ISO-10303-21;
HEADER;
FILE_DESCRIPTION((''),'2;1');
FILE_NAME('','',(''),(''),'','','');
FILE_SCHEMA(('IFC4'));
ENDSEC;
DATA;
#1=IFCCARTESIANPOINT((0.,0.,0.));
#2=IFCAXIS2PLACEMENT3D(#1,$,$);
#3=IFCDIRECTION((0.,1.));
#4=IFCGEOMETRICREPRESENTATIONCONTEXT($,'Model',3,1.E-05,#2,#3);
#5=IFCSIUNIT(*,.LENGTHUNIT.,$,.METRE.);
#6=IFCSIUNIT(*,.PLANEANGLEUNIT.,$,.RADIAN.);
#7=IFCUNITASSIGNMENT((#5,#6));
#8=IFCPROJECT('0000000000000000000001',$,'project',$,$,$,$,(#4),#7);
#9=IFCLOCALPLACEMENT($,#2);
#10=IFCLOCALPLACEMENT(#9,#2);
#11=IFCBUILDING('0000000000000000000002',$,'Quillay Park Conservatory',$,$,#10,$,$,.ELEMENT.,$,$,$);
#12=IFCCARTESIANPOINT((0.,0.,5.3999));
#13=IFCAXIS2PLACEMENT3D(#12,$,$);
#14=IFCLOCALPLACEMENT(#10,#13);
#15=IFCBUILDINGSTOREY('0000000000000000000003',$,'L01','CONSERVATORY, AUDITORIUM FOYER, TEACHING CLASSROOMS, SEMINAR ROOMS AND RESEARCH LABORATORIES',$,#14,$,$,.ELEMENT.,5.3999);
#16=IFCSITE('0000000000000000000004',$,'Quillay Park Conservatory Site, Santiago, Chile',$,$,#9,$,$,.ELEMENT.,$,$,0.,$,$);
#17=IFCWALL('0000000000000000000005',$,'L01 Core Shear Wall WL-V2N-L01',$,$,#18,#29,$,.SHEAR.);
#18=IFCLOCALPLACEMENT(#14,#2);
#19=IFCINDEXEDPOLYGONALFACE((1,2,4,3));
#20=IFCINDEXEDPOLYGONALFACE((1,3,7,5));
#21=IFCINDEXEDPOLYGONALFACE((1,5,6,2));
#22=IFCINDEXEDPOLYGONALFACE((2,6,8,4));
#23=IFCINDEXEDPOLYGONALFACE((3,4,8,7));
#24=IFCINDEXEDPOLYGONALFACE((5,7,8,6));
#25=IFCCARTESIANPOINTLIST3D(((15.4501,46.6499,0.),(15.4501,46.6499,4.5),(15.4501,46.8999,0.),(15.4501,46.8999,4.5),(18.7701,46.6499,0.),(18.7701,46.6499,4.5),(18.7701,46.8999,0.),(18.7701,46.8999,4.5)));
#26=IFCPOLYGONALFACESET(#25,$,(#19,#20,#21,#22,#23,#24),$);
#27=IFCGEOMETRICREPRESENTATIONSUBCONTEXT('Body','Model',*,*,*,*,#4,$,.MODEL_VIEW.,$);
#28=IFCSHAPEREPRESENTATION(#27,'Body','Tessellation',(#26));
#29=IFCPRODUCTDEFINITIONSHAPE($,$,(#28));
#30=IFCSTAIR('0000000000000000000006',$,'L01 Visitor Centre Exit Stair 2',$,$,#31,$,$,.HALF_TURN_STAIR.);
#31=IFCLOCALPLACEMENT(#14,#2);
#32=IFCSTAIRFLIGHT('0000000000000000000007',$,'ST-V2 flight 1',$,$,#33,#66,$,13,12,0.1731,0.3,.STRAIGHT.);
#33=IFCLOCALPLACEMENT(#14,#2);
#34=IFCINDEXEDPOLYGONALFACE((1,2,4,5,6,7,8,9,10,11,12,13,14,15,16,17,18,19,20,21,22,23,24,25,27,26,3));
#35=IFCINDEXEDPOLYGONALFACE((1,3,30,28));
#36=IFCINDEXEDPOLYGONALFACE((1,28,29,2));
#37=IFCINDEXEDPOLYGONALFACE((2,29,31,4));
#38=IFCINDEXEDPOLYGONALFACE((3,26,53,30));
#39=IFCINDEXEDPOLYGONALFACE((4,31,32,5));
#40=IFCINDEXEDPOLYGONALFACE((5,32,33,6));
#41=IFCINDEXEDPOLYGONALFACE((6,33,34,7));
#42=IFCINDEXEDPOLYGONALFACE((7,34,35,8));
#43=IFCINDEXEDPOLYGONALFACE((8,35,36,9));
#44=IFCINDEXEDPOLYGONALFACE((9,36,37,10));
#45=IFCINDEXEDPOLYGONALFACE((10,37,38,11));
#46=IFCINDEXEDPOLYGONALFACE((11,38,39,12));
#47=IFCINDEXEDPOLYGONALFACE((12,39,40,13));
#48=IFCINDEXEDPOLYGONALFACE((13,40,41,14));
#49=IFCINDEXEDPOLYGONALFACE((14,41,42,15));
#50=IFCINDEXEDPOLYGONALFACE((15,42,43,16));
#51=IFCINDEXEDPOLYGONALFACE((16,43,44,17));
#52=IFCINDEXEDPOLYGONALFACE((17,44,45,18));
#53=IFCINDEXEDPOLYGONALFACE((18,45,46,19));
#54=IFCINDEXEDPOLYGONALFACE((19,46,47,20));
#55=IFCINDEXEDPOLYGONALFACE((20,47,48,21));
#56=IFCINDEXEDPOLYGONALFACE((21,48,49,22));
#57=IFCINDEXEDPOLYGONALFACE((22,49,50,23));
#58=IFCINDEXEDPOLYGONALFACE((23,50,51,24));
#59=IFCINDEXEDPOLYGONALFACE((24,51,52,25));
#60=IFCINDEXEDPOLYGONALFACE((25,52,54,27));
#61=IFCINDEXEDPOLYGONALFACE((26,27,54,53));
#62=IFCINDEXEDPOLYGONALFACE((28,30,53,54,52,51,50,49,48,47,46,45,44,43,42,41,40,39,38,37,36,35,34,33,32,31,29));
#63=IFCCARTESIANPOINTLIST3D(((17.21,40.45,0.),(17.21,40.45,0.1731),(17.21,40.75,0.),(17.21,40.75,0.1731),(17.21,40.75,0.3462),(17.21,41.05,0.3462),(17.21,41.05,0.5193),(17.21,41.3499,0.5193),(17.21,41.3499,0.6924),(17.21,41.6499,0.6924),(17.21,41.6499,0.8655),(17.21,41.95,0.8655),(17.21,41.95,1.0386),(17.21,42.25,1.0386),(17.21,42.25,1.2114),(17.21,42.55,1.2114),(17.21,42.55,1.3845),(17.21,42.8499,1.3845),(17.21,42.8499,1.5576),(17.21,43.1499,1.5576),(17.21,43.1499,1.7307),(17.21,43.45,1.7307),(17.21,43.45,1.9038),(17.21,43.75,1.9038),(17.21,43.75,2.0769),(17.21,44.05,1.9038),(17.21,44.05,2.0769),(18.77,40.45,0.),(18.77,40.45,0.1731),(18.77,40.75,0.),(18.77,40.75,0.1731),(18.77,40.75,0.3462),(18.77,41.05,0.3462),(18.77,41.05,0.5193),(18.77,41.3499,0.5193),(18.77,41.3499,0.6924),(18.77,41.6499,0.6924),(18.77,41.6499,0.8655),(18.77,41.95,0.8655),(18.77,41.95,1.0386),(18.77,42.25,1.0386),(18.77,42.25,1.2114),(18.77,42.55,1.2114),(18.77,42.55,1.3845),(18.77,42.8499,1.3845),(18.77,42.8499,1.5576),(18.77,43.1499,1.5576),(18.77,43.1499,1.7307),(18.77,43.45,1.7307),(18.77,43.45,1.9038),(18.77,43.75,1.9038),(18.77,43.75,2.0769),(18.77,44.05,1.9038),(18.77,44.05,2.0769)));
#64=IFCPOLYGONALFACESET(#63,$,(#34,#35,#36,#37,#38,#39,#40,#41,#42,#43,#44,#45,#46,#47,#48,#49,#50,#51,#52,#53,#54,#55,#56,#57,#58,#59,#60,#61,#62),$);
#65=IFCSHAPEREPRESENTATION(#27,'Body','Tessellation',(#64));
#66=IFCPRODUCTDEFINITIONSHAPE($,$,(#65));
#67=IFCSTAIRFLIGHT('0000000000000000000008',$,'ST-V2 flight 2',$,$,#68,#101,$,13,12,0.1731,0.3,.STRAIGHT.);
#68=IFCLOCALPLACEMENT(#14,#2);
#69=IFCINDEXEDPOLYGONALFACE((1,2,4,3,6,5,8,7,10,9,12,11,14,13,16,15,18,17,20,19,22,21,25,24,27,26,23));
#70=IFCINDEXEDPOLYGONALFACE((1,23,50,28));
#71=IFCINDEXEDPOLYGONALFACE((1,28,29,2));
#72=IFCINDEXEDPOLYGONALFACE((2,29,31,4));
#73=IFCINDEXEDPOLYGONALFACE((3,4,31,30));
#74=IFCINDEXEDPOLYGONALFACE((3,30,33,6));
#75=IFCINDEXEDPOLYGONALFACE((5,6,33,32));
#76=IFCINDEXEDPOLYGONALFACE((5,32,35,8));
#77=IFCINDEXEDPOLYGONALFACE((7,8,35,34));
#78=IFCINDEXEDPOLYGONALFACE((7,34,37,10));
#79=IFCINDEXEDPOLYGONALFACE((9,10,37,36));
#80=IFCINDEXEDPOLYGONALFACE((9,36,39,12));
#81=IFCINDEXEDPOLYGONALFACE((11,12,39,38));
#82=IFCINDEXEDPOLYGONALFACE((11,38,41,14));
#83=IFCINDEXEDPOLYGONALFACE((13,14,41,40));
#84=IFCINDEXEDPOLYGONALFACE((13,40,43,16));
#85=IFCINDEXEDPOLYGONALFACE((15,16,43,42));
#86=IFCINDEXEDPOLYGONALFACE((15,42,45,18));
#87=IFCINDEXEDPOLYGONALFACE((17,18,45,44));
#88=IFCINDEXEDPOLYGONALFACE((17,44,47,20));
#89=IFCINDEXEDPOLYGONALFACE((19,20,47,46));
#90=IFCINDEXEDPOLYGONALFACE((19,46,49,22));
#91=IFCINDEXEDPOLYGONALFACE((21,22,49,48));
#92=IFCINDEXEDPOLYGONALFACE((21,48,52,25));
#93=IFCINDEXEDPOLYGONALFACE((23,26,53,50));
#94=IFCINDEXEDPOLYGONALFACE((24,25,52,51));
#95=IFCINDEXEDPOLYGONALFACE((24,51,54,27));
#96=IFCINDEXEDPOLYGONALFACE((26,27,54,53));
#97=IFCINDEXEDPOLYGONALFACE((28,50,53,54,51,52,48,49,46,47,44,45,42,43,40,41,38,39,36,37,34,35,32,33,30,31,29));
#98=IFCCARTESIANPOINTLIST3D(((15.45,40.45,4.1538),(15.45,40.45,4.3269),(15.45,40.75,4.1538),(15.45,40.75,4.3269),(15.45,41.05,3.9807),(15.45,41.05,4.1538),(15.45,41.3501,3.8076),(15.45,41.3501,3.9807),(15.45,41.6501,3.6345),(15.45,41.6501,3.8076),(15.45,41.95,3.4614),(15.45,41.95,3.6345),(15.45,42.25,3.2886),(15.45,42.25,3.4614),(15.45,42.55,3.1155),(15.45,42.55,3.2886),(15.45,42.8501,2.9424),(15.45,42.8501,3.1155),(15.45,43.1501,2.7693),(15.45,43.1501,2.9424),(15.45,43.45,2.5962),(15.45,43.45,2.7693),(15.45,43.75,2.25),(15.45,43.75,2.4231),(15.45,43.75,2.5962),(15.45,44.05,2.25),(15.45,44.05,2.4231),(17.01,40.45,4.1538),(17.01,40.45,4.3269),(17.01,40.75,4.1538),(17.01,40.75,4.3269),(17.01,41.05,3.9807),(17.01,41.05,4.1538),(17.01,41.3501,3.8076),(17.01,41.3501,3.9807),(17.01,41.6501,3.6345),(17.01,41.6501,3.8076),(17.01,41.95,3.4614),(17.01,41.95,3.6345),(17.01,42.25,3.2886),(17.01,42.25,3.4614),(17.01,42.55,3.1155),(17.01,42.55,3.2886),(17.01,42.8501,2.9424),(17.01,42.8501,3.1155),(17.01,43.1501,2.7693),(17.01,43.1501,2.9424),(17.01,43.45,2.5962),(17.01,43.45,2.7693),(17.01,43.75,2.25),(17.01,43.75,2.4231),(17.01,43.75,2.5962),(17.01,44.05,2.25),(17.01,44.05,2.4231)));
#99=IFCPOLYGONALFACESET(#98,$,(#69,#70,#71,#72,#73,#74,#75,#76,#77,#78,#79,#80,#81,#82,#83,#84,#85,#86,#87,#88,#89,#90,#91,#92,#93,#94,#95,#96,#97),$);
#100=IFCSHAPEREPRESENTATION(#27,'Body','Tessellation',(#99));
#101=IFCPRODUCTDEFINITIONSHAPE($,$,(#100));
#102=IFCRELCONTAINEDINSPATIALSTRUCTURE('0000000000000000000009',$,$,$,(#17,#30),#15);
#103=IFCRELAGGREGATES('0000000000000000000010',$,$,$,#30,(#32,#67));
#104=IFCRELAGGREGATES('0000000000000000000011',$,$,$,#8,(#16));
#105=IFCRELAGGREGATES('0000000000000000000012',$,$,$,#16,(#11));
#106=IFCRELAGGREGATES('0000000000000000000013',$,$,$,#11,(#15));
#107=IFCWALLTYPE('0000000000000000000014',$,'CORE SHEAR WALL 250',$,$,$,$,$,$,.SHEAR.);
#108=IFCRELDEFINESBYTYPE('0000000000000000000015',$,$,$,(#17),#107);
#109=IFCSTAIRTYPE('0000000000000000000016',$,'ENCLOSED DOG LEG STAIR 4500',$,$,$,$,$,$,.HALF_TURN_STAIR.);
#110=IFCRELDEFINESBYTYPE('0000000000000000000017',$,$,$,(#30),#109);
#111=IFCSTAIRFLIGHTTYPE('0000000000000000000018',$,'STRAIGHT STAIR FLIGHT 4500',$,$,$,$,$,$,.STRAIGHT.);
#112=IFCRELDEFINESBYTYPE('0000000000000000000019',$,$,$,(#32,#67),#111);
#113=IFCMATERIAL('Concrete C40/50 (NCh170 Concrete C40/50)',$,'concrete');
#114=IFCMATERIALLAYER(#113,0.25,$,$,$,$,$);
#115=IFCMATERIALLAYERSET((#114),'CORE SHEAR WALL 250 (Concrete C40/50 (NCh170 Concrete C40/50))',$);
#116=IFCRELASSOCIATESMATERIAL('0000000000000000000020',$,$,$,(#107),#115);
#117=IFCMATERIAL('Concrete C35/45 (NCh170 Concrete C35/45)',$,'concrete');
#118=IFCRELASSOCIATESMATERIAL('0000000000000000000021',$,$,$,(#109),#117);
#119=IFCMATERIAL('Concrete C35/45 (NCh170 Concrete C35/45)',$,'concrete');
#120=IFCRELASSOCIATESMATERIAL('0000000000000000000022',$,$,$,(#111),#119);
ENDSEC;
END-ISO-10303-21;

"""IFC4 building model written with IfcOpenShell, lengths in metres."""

from ifc_helpers import new_model, si_unit, direction, frame, frame_2d, origin, place, context, subcontext, project, spatial, polyline, rectangle, outline, extrude, material, layer, layer_set, type_object, element, aggregate, save


model = new_model("IFC4")

# Units and contexts
model_context = context("Model", 3, precision=1e-05, world=origin(), true_north=direction((0.0, 1.0)))
body_context = subcontext(model_context, "Body", "Model", "MODEL_VIEW")
ifc_project = project(units=[si_unit("LENGTHUNIT", "METRE"), si_unit("PLANEANGLEUNIT", "RADIAN")], contexts=[model_context])

# Site, building, storey
site_placement = place(None, origin())
site = spatial("IfcSite", under=ifc_project, at=site_placement, Name="Quillay Park Conservatory Site, Santiago, Chile", CompositionType="ELEMENT", RefElevation=0.0)
building_placement = place(site_placement, origin())
building = spatial("IfcBuilding", under=site, at=building_placement, Name="Quillay Park Conservatory", CompositionType="ELEMENT")
storey_placement = place(building_placement, frame((0.0, 0.0, 5.3999)))
storey = spatial("IfcBuildingStorey", under=building, at=storey_placement, Name="L01", Description="CONSERVATORY, AUDITORIUM FOYER, TEACHING CLASSROOMS, SEMINAR ROOMS AND RESEARCH LABORATORIES", CompositionType="ELEMENT", Elevation=5.3999)

# Wall
ifc_material_1 = material(Name="Concrete C40/50 (NCh170 Concrete C40/50)", Category="concrete")
ifc_layer_1 = layer(ifc_material_1, 0.25)
ifc_layer_set_1 = layer_set([ifc_layer_1], Name="CORE SHEAR WALL 250 (Concrete C40/50 (NCh170 Concrete C40/50))")
wall_type = type_object("IfcWallType", Name="CORE SHEAR WALL 250", PredefinedType="SHEAR", material=ifc_layer_set_1)
wall_1_placement = place(storey_placement, frame((15.45, 46.7749, 0.0), z_axis=(0.0, 0.0, 1.0), x_axis=(1.0, 0.0, 0.0)))
element("IfcWall", 1, at=wall_1_placement, inside=storey, type_object=wall_type, Name="L01 Core Shear Wall WL-V2N-L01", PredefinedType="SHEAR", context=body_context, shape_type="SweptSolid", body=[
    extrude(rectangle(XDim=3.3201, YDim=0.25, at=frame_2d((1.6602, 0.0))), origin(), (0.0, 0.0, 1.0), 4.5),
])

# Stair, stair flights
ifc_material_2 = material(Name="Concrete C35/45 (NCh170 Concrete C35/45)", Category="concrete")
stair_type = type_object("IfcStairType", Name="ENCLOSED DOG LEG STAIR 4500", PredefinedType="HALF_TURN_STAIR", material=ifc_material_2)
stair_placement = place(storey_placement, origin())
stair = element("IfcStair", 2, at=stair_placement, inside=storey, type_object=stair_type, Name="L01 Visitor Centre Exit Stair 2", PredefinedType="HALF_TURN_STAIR")
ifc_material_3 = material(Name="Concrete C35/45 (NCh170 Concrete C35/45)", Category="concrete")
stair_flight_type = type_object("IfcStairFlightType", Name="STRAIGHT STAIR FLIGHT 4500", PredefinedType="STRAIGHT", material=ifc_material_3)
stair_flight_1_placement = place(storey_placement, frame((17.99, 40.45, 0.0), z_axis=(0.0, 0.0, 1.0), x_axis=(0.0, 1.0, 0.0)))
stair_flight_1 = element("IfcStairFlight", 3, at=stair_flight_1_placement, type_object=stair_flight_type, Name="ST-V2 flight 1", NumberOfRisers=13, NumberOfTreads=12, PredefinedType="STRAIGHT", RiserHeight=0.1731, TreadLength=0.3, context=body_context, shape_type="SweptSolid", body=[
    extrude(outline(polyline([(0.0, 0.0), (0.0, 0.1731), (0.3, 0.1731), (0.3, 0.3462), (0.6001, 0.3462), (0.6001, 0.5193), (0.8999, 0.5193), (0.8999, 0.6924), (1.2, 0.6924), (1.2, 0.8655), (1.5, 0.8655), (1.5, 1.0386), (1.8, 1.0386), (1.8, 1.2114), (2.1001, 1.2114), (2.1001, 1.3845), (2.3999, 1.3845), (2.3999, 1.5576), (2.7, 1.5576), (2.7, 1.7307), (3.0, 1.7307), (3.0, 1.9038), (3.3, 1.9038), (3.3, 2.0769), (3.6001, 2.0769), (3.6001, 2.25), (3.6001, 1.9038), (0.3, 0.0), (0.0, 0.0)])), frame((0.0, 0.78, 0.0), z_axis=(0.0, -1.0, 0.0), x_axis=(1.0, 0.0, 0.0)), (0.0, 0.0, 1.0), 1.5601),
])
stair_flight_2_placement = place(storey_placement, frame((16.23, 44.05, 2.25), z_axis=(0.0, 0.0, 1.0), x_axis=(0.0, -1.0, 0.0)))
stair_flight_2 = element("IfcStairFlight", 4, at=stair_flight_2_placement, type_object=stair_flight_type, Name="ST-V2 flight 2", NumberOfRisers=13, NumberOfTreads=12, PredefinedType="STRAIGHT", RiserHeight=0.1731, TreadLength=0.3, context=body_context, shape_type="SweptSolid", body=[
    extrude(outline(polyline([(0.0, 0.0), (0.0, 0.1731), (0.3, 0.1731), (0.3, 0.3462), (0.6001, 0.3462), (0.6001, 0.5193), (0.8999, 0.5193), (0.8999, 0.6924), (1.2, 0.6924), (1.2, 0.8655), (1.5, 0.8655), (1.5, 1.0386), (1.8, 1.0386), (1.8, 1.2114), (2.1001, 1.2114), (2.1001, 1.3845), (2.3999, 1.3845), (2.3999, 1.5576), (2.7, 1.5576), (2.7, 1.7307), (3.0, 1.7307), (3.0, 1.9038), (3.3, 1.9038), (3.3, 2.0769), (3.6001, 2.0769), (3.6001, 2.25), (3.6001, 1.9038), (0.3, 0.0), (0.0, 0.0)])), frame((0.0, 0.78, 0.0), z_axis=(0.0, -1.0, 0.0), x_axis=(1.0, 0.0, 0.0)), (0.0, 0.0, 1.0), 1.5601),
])
aggregate(stair, [stair_flight_1, stair_flight_2])

save(model, "model.ifc")
